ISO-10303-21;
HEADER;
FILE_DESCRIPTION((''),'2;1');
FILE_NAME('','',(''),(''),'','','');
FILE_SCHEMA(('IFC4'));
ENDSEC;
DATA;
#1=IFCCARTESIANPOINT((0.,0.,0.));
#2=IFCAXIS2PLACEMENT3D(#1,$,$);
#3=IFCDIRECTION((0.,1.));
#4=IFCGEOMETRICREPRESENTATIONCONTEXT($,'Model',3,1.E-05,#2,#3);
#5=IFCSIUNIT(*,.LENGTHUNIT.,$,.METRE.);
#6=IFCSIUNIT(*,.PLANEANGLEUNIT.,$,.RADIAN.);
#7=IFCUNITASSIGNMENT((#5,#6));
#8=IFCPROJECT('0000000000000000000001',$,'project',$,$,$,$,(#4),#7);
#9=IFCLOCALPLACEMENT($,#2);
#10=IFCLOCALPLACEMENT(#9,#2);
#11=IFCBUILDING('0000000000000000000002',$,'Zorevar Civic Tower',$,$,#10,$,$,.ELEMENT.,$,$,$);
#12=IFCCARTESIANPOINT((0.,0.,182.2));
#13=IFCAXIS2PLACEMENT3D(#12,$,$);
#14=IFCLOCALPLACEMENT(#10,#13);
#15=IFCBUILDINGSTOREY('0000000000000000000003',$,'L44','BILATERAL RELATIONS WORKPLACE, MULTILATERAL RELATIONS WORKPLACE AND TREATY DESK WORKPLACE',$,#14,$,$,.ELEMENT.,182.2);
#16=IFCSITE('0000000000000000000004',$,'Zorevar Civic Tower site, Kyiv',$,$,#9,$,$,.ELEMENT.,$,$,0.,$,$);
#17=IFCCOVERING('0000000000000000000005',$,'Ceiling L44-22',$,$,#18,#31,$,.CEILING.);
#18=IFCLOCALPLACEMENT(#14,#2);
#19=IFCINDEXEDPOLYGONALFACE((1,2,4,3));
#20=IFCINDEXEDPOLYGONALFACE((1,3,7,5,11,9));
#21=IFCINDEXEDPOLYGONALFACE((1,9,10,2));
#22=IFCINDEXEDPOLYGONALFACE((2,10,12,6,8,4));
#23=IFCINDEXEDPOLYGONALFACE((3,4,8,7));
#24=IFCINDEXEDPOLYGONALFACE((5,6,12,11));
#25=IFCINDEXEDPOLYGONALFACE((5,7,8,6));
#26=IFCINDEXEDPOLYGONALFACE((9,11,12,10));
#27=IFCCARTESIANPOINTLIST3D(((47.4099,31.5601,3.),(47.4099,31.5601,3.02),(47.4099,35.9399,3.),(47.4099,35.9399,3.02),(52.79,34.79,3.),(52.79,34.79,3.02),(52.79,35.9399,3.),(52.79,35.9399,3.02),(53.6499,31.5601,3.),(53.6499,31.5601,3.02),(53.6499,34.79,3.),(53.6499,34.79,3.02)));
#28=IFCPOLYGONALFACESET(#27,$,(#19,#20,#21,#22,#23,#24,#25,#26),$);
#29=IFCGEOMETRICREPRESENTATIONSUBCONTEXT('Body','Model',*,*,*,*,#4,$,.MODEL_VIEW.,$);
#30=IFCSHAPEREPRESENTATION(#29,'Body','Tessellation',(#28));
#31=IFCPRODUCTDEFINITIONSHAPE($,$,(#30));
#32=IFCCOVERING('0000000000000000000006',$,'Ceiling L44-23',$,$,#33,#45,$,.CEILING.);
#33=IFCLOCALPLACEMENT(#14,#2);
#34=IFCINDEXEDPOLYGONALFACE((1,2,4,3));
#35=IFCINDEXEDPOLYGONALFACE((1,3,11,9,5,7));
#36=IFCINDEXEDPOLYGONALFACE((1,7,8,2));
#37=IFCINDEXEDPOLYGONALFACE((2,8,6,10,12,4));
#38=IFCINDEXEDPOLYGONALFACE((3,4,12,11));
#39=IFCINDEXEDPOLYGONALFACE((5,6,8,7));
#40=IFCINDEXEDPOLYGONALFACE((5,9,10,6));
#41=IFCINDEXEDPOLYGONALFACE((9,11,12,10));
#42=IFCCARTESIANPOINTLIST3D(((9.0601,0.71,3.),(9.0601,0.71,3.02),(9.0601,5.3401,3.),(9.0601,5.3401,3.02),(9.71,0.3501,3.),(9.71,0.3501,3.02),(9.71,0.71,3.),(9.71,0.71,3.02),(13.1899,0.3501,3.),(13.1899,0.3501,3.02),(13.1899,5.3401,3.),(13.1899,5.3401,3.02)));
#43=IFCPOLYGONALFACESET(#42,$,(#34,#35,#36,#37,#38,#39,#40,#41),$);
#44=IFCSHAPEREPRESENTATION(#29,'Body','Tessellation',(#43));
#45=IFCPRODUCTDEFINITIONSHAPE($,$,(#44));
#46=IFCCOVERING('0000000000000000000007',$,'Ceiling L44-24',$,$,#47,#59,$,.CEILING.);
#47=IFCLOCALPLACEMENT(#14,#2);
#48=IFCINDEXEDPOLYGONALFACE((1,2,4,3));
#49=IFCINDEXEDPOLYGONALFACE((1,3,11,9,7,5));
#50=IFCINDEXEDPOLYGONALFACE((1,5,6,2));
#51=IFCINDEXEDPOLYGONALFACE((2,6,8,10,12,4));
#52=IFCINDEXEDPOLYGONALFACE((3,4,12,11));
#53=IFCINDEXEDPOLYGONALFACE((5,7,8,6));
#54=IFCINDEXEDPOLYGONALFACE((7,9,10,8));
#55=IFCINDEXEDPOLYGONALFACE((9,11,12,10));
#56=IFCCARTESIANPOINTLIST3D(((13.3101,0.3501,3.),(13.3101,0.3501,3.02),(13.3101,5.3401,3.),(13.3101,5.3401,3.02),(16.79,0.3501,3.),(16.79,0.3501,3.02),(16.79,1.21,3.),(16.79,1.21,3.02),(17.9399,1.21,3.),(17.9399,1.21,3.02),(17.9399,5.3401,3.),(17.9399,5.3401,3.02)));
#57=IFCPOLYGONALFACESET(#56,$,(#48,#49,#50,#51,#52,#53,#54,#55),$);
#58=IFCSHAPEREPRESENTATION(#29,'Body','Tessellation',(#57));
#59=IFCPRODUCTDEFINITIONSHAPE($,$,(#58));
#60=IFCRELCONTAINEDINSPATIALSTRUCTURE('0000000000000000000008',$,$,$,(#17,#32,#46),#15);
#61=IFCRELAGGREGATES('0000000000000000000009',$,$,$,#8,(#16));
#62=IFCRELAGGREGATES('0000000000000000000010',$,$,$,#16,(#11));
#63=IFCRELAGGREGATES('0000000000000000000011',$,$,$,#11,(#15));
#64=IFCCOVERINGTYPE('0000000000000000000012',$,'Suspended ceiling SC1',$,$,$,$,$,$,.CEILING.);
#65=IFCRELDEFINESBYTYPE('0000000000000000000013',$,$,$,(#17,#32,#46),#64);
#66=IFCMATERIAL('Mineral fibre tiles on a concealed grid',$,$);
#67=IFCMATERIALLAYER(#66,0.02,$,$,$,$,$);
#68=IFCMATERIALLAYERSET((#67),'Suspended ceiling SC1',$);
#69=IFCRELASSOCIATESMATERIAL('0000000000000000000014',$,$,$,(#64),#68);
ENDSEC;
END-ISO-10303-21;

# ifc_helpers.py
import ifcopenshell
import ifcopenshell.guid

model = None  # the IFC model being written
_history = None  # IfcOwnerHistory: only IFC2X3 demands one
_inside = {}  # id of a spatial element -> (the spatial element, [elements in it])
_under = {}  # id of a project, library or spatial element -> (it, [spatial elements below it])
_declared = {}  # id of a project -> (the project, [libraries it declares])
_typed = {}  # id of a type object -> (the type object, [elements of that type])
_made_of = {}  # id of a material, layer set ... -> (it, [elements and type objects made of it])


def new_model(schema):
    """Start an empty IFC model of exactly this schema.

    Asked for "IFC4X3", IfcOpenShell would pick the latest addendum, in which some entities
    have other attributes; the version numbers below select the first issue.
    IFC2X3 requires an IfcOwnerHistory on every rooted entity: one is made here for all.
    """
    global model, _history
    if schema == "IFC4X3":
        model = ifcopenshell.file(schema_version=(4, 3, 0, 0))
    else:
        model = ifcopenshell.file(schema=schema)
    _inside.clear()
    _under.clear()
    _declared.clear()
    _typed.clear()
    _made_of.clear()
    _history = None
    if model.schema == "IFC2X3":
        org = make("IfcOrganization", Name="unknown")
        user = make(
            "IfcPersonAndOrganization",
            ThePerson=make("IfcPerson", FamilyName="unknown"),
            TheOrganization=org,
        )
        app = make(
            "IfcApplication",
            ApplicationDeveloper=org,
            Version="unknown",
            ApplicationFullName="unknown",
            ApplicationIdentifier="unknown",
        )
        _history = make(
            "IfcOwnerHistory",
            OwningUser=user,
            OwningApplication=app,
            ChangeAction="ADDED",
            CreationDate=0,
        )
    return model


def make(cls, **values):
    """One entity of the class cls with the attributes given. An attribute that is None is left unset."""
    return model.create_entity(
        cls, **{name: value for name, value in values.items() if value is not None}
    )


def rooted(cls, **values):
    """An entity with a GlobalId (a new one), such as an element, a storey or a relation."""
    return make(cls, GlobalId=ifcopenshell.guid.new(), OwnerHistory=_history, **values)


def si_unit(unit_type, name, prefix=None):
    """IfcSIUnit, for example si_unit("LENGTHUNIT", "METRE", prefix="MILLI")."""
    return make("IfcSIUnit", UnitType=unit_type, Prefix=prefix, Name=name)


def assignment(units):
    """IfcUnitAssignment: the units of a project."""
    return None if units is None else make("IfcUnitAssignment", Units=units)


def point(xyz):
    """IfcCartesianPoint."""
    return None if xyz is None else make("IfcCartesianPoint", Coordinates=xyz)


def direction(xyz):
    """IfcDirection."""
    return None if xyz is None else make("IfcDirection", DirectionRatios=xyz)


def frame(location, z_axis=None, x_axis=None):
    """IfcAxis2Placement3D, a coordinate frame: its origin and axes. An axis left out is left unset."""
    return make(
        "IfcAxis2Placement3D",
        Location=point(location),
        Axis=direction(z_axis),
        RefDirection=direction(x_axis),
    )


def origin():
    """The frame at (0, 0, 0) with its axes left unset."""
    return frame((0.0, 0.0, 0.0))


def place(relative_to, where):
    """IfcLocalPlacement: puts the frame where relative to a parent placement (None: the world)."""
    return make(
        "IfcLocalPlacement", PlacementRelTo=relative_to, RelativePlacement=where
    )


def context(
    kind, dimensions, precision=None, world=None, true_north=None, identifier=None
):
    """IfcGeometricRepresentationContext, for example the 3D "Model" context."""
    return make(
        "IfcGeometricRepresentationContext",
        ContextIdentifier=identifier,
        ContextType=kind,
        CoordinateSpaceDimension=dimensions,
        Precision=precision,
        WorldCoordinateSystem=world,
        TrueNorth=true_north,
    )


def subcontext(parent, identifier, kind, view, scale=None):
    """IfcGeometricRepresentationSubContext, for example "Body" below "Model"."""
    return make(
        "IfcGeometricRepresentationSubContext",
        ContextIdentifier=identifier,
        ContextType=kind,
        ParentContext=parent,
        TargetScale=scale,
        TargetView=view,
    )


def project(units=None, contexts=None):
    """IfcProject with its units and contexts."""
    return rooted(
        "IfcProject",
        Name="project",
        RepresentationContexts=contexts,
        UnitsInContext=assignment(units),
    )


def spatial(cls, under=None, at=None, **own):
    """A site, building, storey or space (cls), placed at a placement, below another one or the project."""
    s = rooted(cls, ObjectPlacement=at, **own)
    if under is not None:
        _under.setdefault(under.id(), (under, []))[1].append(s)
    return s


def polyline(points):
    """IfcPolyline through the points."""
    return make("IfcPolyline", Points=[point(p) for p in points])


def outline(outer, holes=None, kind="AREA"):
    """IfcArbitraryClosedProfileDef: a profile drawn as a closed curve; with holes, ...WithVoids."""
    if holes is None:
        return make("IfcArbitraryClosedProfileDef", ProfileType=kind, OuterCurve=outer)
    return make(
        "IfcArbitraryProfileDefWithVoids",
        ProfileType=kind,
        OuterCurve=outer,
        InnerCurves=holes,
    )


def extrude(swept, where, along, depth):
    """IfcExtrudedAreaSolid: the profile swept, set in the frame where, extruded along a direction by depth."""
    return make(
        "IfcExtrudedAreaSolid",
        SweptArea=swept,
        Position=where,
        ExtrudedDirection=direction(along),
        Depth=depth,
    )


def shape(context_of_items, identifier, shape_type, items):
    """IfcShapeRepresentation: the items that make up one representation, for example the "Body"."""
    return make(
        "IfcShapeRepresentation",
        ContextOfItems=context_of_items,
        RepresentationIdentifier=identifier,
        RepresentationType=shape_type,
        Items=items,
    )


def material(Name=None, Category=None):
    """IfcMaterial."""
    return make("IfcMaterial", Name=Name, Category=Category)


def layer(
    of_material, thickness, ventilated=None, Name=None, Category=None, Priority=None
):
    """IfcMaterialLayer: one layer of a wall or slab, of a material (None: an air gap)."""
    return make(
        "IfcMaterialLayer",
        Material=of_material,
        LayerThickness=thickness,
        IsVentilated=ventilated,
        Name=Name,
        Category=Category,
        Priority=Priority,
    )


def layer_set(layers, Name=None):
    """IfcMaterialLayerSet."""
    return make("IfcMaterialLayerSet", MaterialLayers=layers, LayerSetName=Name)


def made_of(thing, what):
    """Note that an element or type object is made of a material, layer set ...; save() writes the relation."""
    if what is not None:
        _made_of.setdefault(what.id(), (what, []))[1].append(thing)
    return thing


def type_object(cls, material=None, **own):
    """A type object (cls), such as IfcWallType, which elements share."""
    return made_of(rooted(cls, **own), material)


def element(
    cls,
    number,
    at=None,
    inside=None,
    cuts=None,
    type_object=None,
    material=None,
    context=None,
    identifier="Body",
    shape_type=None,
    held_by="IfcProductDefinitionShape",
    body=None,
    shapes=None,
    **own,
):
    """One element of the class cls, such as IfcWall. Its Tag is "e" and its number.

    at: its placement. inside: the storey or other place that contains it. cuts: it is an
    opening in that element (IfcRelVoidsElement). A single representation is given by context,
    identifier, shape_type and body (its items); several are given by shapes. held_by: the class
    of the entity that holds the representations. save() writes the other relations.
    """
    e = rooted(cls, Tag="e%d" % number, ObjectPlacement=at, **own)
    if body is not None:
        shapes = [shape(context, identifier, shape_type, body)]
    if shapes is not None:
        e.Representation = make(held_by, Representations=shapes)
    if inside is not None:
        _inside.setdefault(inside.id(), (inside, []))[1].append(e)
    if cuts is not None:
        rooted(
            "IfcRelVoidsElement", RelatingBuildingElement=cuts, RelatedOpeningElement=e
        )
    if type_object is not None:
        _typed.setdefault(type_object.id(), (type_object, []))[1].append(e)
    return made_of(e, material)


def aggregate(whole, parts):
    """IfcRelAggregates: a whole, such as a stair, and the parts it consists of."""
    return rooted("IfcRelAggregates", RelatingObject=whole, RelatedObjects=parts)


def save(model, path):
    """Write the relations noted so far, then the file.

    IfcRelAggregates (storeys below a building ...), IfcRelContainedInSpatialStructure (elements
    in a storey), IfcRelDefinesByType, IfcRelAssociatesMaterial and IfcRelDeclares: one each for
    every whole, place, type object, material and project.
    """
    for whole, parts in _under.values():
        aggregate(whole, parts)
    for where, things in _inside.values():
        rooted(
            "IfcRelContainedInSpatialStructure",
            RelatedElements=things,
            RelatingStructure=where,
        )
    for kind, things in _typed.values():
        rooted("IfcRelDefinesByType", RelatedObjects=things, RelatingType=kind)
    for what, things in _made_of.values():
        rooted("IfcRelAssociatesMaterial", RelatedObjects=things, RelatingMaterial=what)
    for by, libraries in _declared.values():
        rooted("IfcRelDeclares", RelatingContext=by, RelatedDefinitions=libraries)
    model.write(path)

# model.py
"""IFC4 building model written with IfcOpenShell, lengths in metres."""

from ifc_helpers import new_model, si_unit, direction, frame, origin, place, context, subcontext, project, spatial, polyline, outline, extrude, material, layer, layer_set, type_object, element, save


model = new_model("IFC4")

# Units and contexts
model_context = context("Model", 3, precision=1e-05, world=origin(), true_north=direction((0.0, 1.0)))
body_context = subcontext(model_context, "Body", "Model", "MODEL_VIEW")
ifc_project = project(units=[si_unit("LENGTHUNIT", "METRE"), si_unit("PLANEANGLEUNIT", "RADIAN")], contexts=[model_context])

# Site, building, storey
site_placement = place(None, origin())
site = spatial("IfcSite", under=ifc_project, at=site_placement, Name="Zorevar Civic Tower site, Kyiv", CompositionType="ELEMENT", RefElevation=0.0)
building_placement = place(site_placement, origin())
building = spatial("IfcBuilding", under=site, at=building_placement, Name="Zorevar Civic Tower", CompositionType="ELEMENT")
storey_placement = place(building_placement, frame((0.0, 0.0, 182.2)))
storey = spatial("IfcBuildingStorey", under=building, at=storey_placement, Name="L44", Description="BILATERAL RELATIONS WORKPLACE, MULTILATERAL RELATIONS WORKPLACE AND TREATY DESK WORKPLACE", CompositionType="ELEMENT", Elevation=182.2)

# Coverings
ifc_material_1 = material(Name="Mineral fibre tiles on a concealed grid")
ifc_layer_1 = layer(ifc_material_1, 0.02)
ifc_layer_set_1 = layer_set([ifc_layer_1], Name="Suspended ceiling SC1")
covering_type_1 = type_object("IfcCoveringType", Name="Suspended ceiling SC1", PredefinedType="CEILING", material=ifc_layer_set_1)
covering_1_placement = place(storey_placement, frame((0.0, 0.0, 3.0)))
element("IfcCovering", 1, at=covering_1_placement, inside=storey, type_object=covering_type_1, Name="Ceiling L44-22", PredefinedType="CEILING", context=body_context, shape_type="SweptSolid", body=[
    extrude(outline(polyline([(47.4099, 35.9399), (52.79, 35.9399), (52.79, 34.79), (53.6499, 34.79), (53.6499, 31.5601), (47.4099, 31.5601), (47.4099, 35.9399)])), origin(), (0.0, 0.0, 1.0), 0.02),
])
covering_2_placement = place(storey_placement, frame((0.0, 0.0, 3.0)))
element("IfcCovering", 2, at=covering_2_placement, inside=storey, type_object=covering_type_1, Name="Ceiling L44-23", PredefinedType="CEILING", context=body_context, shape_type="SweptSolid", body=[
    extrude(outline(polyline([(13.1899, 5.3401), (13.1899, 0.3501), (9.71, 0.3501), (9.71, 0.71), (9.0601, 0.71), (9.0601, 5.3401), (13.1899, 5.3401)])), origin(), (0.0, 0.0, 1.0), 0.02),
])
covering_3_placement = place(storey_placement, frame((0.0, 0.0, 3.0)))
element("IfcCovering", 3, at=covering_3_placement, inside=storey, type_object=covering_type_1, Name="Ceiling L44-24", PredefinedType="CEILING", context=body_context, shape_type="SweptSolid", body=[
    extrude(outline(polyline([(17.9399, 5.3401), (17.9399, 1.21), (16.79, 1.21), (16.79, 0.3501), (13.3101, 0.3501), (13.3101, 5.3401), (17.9399, 5.3401)])), origin(), (0.0, 0.0, 1.0), 0.02),
])

save(model, "model.ifc")
